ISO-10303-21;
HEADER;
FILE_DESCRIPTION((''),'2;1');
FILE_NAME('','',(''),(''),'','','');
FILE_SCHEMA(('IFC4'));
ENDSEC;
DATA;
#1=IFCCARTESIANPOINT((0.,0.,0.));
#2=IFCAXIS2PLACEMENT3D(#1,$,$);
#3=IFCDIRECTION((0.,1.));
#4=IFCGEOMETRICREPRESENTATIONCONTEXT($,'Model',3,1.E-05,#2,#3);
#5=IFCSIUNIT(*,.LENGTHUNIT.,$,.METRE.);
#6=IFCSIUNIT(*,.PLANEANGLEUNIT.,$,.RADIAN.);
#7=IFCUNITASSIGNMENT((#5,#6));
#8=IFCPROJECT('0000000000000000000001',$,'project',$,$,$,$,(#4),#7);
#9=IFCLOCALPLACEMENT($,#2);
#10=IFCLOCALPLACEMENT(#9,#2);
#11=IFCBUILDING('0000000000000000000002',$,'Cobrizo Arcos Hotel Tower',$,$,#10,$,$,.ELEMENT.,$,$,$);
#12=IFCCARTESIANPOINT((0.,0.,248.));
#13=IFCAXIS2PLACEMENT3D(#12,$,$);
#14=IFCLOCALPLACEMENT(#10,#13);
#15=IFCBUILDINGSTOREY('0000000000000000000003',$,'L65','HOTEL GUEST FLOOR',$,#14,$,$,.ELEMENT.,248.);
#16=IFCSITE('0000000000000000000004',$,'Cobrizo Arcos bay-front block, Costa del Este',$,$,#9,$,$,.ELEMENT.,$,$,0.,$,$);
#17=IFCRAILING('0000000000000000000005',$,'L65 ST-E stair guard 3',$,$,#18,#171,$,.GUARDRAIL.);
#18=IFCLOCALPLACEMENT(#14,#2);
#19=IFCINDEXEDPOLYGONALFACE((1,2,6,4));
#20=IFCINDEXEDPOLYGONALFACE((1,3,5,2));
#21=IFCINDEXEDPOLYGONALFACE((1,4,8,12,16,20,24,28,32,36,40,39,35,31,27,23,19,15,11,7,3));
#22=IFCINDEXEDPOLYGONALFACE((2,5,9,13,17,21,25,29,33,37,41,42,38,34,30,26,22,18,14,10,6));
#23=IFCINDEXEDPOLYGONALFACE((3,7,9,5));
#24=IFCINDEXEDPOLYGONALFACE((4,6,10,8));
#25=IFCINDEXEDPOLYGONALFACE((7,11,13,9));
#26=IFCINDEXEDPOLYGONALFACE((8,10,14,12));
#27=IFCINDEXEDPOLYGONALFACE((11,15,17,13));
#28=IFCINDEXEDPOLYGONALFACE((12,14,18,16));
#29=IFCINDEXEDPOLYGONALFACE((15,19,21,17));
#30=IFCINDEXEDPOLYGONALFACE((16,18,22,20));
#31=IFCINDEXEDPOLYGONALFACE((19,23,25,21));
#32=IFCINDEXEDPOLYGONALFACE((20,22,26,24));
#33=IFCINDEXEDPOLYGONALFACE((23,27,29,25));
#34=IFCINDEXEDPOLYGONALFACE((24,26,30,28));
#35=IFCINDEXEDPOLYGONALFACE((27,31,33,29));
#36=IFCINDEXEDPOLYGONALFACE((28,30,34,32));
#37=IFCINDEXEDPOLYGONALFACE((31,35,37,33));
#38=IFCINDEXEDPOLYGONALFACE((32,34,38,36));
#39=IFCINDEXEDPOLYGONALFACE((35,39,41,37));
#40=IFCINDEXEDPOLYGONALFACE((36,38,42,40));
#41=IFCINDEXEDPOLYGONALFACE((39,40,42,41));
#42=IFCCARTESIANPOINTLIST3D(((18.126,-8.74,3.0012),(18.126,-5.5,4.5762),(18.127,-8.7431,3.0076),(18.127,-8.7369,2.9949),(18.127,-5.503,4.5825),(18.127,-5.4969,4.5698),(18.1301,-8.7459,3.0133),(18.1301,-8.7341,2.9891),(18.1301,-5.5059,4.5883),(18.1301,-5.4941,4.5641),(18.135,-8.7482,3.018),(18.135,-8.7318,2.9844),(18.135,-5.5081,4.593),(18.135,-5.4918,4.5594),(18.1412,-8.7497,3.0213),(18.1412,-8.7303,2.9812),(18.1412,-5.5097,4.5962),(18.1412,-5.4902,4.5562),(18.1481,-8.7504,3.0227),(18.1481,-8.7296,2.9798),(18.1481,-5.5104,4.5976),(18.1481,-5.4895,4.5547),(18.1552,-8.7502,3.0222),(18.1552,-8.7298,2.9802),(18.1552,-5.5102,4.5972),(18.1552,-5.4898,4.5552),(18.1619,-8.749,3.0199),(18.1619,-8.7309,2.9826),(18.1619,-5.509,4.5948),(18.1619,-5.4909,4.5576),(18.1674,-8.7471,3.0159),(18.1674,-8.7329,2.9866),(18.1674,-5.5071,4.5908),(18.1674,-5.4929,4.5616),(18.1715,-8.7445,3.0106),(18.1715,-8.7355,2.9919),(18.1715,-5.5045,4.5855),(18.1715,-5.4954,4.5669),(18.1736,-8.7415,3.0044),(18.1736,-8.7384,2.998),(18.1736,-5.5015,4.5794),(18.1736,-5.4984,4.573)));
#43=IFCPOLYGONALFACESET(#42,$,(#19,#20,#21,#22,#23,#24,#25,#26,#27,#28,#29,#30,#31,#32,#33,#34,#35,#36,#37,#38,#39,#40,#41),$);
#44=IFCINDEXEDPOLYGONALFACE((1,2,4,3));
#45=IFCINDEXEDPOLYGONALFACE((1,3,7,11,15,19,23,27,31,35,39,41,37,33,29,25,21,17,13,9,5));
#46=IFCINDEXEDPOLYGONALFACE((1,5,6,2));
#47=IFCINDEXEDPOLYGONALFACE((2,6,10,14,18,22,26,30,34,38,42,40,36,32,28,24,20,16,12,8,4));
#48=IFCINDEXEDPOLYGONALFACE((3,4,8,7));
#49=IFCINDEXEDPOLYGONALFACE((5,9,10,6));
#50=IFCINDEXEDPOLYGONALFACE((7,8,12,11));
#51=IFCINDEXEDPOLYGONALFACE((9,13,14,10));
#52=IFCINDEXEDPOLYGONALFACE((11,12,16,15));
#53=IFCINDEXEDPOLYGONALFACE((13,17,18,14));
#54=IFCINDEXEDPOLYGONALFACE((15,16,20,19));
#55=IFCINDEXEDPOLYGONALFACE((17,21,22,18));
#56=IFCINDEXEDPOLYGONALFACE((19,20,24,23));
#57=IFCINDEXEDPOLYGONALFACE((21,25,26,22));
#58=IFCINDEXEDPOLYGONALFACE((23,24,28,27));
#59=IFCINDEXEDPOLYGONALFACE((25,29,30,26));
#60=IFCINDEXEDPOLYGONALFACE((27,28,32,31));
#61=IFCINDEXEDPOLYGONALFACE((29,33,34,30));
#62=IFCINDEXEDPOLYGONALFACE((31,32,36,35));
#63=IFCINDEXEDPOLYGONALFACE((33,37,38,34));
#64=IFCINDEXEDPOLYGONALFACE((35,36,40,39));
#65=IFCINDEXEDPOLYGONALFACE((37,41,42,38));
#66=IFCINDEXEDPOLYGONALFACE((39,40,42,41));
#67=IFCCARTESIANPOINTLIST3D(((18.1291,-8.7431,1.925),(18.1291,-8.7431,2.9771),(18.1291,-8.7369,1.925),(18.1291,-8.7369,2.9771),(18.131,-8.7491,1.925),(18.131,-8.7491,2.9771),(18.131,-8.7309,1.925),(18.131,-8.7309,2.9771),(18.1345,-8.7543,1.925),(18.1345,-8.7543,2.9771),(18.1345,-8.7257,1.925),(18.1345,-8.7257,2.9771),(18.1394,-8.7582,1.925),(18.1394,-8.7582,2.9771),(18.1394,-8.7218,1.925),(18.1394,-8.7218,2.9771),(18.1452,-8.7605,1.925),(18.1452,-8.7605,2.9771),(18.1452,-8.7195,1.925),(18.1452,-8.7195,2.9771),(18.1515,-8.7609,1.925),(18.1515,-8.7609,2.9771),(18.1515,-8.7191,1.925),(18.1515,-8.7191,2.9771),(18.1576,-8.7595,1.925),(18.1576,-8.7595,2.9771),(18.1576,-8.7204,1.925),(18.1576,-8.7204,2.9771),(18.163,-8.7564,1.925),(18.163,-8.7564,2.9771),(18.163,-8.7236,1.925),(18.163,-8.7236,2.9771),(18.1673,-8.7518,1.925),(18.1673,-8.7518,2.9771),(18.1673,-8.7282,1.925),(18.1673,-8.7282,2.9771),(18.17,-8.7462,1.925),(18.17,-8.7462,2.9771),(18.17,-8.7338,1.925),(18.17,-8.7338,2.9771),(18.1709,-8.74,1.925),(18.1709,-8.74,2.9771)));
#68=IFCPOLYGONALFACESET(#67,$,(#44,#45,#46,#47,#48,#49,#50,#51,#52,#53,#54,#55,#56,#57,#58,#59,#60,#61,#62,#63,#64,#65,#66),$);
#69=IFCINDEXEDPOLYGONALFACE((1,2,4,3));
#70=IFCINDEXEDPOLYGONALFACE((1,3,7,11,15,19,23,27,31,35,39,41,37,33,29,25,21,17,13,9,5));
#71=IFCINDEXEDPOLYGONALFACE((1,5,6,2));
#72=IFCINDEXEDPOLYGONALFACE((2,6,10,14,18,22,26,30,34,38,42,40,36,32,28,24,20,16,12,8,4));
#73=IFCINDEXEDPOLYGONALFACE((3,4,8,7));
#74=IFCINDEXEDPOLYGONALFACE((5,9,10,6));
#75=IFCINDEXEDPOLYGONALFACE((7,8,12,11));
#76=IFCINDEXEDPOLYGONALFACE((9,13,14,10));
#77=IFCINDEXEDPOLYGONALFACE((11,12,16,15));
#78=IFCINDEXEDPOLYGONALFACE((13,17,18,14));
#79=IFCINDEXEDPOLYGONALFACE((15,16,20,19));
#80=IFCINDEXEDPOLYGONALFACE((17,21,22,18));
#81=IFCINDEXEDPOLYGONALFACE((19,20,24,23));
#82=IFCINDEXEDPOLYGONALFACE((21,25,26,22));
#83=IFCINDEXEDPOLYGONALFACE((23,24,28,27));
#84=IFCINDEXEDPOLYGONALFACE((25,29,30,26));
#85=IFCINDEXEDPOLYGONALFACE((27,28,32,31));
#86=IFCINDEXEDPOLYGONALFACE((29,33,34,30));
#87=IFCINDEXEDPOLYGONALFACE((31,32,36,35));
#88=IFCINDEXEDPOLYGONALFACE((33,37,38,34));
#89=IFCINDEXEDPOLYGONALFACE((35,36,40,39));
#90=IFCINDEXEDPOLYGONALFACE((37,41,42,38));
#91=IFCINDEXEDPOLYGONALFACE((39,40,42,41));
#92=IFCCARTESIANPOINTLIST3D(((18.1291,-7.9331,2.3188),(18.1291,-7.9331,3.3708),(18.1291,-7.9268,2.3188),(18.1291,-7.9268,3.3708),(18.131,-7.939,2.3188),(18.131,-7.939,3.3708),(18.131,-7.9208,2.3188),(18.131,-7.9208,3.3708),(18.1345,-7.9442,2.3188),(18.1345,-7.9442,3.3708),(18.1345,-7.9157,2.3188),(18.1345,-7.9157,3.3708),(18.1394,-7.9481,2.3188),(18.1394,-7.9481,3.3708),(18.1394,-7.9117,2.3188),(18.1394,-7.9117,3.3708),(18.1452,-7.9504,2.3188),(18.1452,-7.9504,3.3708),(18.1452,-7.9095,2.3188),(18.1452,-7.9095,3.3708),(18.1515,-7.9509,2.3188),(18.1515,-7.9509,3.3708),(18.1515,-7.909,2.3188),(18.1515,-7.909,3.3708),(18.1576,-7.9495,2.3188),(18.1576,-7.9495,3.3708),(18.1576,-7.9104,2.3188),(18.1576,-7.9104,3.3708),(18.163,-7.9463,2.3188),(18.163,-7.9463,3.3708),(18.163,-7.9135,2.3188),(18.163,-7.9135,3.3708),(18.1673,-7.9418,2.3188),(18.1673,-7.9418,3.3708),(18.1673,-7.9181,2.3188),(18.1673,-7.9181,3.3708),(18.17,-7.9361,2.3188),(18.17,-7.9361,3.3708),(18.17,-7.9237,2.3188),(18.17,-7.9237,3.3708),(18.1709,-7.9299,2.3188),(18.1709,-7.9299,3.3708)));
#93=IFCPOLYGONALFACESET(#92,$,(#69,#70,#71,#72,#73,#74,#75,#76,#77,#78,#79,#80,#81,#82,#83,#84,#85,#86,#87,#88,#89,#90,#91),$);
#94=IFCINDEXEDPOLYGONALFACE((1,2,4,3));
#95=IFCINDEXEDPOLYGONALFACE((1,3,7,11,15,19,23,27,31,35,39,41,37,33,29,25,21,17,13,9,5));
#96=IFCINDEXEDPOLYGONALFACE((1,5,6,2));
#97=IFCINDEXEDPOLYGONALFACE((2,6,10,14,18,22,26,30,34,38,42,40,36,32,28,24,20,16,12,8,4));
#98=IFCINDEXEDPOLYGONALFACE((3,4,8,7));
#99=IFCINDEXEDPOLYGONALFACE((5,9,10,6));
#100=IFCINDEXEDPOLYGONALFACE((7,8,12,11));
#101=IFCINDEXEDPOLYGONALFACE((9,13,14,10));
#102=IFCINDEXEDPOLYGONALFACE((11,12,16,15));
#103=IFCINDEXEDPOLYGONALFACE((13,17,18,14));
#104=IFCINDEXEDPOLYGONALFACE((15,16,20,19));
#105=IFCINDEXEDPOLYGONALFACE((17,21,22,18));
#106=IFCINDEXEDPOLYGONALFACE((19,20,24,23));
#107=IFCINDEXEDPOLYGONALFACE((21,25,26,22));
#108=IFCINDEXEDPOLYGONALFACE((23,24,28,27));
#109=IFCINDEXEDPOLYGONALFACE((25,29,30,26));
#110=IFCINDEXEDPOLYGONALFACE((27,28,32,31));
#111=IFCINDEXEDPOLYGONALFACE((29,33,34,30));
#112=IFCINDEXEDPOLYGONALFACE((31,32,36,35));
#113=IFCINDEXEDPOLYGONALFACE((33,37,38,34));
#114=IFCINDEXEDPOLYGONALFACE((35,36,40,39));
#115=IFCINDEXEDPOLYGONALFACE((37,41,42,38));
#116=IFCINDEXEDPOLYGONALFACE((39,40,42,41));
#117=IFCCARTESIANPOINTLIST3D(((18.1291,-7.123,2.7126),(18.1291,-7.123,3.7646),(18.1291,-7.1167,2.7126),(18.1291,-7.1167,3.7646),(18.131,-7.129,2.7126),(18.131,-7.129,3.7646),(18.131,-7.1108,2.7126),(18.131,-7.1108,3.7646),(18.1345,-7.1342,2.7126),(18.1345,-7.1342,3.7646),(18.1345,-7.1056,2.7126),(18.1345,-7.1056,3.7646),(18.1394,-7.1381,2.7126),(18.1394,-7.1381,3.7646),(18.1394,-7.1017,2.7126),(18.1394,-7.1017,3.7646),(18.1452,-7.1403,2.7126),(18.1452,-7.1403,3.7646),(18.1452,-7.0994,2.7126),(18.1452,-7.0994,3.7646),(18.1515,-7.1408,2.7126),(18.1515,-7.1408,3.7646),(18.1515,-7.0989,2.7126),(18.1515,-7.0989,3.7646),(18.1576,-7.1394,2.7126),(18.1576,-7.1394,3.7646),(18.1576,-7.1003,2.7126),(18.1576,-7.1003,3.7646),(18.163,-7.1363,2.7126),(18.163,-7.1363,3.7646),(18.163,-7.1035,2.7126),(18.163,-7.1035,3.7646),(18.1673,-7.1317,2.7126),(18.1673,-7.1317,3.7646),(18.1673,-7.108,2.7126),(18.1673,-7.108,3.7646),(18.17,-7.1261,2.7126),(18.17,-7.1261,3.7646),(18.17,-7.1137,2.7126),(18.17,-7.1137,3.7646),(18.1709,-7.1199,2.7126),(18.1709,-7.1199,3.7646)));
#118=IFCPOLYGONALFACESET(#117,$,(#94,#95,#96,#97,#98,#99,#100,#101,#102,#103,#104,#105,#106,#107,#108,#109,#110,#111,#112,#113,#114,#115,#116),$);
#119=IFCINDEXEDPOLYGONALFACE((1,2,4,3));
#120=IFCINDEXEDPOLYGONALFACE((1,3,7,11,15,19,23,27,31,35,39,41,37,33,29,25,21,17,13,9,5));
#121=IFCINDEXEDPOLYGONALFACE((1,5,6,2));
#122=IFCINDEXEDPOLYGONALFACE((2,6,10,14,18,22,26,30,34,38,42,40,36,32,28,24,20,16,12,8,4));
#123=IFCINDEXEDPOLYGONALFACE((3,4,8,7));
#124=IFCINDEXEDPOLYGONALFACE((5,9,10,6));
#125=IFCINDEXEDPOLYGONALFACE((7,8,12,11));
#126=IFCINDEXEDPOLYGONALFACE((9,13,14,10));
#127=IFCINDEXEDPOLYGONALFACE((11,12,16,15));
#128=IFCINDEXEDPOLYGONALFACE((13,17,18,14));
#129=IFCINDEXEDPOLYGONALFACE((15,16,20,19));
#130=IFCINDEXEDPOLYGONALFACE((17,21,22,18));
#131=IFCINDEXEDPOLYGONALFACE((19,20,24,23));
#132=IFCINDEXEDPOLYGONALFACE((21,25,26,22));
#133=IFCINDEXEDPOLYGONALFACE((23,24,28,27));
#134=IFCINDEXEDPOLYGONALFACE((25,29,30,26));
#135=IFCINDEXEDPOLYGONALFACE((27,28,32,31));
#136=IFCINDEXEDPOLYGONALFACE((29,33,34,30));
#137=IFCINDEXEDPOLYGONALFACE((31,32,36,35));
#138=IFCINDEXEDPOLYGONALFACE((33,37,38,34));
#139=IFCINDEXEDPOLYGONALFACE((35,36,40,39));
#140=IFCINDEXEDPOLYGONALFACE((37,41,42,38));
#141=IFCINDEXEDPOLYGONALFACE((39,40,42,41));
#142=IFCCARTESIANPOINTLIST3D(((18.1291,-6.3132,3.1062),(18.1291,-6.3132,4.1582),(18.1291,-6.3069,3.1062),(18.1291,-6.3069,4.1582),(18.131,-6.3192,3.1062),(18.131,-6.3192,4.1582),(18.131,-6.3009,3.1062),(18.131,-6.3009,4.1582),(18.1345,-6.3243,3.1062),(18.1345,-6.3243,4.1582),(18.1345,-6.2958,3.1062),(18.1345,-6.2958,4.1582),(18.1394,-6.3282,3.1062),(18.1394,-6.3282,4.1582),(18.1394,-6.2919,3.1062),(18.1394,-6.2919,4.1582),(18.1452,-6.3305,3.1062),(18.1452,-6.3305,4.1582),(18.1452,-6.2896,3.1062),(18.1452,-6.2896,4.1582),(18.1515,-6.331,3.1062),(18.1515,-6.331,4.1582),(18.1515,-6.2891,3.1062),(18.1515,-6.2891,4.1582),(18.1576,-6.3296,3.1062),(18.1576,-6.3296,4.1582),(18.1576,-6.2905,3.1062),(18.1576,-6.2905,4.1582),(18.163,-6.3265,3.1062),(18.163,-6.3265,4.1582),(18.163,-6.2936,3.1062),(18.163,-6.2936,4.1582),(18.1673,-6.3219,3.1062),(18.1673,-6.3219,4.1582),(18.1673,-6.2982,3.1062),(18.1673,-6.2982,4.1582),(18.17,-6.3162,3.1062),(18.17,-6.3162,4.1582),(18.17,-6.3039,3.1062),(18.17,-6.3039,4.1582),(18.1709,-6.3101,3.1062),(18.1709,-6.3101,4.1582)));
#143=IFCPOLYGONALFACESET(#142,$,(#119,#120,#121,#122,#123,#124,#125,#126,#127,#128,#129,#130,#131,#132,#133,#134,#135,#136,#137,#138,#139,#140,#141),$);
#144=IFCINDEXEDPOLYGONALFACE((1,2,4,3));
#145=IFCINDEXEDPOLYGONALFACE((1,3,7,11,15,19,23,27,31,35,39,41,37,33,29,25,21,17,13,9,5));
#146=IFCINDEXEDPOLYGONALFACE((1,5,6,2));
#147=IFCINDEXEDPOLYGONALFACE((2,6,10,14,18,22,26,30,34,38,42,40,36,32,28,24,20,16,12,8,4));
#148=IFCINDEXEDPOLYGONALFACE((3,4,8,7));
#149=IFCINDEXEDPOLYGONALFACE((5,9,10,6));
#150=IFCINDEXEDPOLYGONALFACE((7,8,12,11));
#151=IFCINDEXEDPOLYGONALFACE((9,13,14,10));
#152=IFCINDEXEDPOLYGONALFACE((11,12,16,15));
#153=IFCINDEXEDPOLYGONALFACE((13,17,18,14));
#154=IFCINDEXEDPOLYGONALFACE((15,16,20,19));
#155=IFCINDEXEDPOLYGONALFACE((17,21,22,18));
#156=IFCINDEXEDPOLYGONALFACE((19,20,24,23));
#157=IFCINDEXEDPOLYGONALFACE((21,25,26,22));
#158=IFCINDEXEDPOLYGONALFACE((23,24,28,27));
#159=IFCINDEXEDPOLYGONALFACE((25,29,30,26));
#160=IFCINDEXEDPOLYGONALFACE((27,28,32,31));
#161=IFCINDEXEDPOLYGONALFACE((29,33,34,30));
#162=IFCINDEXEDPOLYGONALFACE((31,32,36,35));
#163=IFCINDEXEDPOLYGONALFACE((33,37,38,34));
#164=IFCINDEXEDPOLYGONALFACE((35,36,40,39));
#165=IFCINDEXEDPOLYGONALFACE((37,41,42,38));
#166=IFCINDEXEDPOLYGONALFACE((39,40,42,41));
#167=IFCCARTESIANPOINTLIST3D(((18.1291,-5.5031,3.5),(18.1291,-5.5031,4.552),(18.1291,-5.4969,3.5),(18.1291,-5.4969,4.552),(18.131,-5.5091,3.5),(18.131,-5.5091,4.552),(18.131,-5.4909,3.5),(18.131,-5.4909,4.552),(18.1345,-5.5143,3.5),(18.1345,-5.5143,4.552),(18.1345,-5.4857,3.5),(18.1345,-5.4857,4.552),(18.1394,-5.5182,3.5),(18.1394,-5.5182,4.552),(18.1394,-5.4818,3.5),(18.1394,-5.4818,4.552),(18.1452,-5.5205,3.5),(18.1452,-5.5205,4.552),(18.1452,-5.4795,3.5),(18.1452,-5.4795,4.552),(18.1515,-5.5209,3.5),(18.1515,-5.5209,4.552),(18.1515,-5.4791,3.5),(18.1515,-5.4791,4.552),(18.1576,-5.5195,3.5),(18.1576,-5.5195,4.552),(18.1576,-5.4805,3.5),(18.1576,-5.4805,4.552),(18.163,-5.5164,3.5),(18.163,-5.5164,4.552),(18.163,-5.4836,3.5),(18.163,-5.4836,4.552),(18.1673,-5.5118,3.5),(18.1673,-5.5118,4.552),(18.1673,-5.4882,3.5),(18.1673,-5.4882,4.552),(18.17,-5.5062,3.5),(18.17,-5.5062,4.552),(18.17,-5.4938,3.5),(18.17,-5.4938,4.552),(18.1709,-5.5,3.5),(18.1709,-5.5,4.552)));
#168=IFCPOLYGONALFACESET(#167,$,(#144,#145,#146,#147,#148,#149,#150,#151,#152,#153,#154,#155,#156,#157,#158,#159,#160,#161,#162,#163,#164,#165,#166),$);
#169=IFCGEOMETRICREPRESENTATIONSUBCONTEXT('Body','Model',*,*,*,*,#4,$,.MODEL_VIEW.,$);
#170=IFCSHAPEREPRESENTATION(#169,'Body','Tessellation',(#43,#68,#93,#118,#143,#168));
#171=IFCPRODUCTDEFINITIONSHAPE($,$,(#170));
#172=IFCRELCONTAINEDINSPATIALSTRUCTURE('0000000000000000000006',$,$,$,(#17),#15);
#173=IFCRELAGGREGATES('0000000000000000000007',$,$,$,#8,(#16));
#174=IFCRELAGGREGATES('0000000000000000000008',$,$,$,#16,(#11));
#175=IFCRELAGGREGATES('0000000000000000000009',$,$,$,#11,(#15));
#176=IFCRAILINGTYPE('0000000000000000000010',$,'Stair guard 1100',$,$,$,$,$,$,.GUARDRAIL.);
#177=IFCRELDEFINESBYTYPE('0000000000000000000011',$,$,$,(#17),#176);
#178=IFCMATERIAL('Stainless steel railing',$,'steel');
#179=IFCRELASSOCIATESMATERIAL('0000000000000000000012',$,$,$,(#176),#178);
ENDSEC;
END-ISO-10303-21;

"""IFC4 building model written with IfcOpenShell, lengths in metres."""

from ifc_helpers import new_model, si_unit, direction, frame, origin, origin_2d, place, context, subcontext, project, spatial, circle, extrude, material, type_object, element, save


model = new_model("IFC4")

# Units and contexts
model_context = context("Model", 3, precision=1e-05, world=origin(), true_north=direction((0.0, 1.0)))
body_context = subcontext(model_context, "Body", "Model", "MODEL_VIEW")
ifc_project = project(units=[si_unit("LENGTHUNIT", "METRE"), si_unit("PLANEANGLEUNIT", "RADIAN")], contexts=[model_context])

# Site, building, storey
site_placement = place(None, origin())
site = spatial("IfcSite", under=ifc_project, at=site_placement, Name="Cobrizo Arcos bay-front block, Costa del Este", CompositionType="ELEMENT", RefElevation=0.0)
building_placement = place(site_placement, origin())
building = spatial("IfcBuilding", under=site, at=building_placement, Name="Cobrizo Arcos Hotel Tower", CompositionType="ELEMENT")
storey_placement = place(building_placement, frame((0.0, 0.0, 248.0)))
storey = spatial("IfcBuildingStorey", under=building, at=storey_placement, Name="L65", Description="HOTEL GUEST FLOOR", CompositionType="ELEMENT", Elevation=248.0)

# Railing
ifc_material_1 = material(Name="Stainless steel railing", Category="steel")
railing_type_1 = type_object("IfcRailingType", Name="Stair guard 1100", PredefinedType="GUARDRAIL", material=ifc_material_1)
railing_1_placement = place(storey_placement, frame((18.1499, -8.74, 1.925)))
element("IfcRailing", 1, at=railing_1_placement, inside=storey, type_object=railing_type_1, Name="L65 ST-E stair guard 3", PredefinedType="GUARDRAIL", context=body_context, shape_type="SweptSolid", body=[
    extrude(circle(Radius=0.0239, at=origin_2d()), frame((0.0, 0.0, 1.0762), z_axis=(0.0, 0.899373, 0.437183), x_axis=(-1.0, 0.0, 0.0)), (0.0, 0.0, 1.0), 3.6025),
    extrude(circle(Radius=0.021, at=origin_2d()), origin(), (0.0, 0.0, 1.0), 1.052),
    extrude(circle(Radius=0.021, at=origin_2d()), frame((0.0, 0.8101, 0.3938)), (0.0, 0.0, 1.0), 1.052),
    extrude(circle(Radius=0.021, at=origin_2d()), frame((0.0, 1.6201, 0.7876)), (0.0, 0.0, 1.0), 1.052),
    extrude(circle(Radius=0.021, at=origin_2d()), frame((0.0, 2.4299, 1.1812)), (0.0, 0.0, 1.0), 1.052),
    extrude(circle(Radius=0.021, at=origin_2d()), frame((0.0, 3.24, 1.575)), (0.0, 0.0, 1.0), 1.052),
])

save(model, "model.ifc")
